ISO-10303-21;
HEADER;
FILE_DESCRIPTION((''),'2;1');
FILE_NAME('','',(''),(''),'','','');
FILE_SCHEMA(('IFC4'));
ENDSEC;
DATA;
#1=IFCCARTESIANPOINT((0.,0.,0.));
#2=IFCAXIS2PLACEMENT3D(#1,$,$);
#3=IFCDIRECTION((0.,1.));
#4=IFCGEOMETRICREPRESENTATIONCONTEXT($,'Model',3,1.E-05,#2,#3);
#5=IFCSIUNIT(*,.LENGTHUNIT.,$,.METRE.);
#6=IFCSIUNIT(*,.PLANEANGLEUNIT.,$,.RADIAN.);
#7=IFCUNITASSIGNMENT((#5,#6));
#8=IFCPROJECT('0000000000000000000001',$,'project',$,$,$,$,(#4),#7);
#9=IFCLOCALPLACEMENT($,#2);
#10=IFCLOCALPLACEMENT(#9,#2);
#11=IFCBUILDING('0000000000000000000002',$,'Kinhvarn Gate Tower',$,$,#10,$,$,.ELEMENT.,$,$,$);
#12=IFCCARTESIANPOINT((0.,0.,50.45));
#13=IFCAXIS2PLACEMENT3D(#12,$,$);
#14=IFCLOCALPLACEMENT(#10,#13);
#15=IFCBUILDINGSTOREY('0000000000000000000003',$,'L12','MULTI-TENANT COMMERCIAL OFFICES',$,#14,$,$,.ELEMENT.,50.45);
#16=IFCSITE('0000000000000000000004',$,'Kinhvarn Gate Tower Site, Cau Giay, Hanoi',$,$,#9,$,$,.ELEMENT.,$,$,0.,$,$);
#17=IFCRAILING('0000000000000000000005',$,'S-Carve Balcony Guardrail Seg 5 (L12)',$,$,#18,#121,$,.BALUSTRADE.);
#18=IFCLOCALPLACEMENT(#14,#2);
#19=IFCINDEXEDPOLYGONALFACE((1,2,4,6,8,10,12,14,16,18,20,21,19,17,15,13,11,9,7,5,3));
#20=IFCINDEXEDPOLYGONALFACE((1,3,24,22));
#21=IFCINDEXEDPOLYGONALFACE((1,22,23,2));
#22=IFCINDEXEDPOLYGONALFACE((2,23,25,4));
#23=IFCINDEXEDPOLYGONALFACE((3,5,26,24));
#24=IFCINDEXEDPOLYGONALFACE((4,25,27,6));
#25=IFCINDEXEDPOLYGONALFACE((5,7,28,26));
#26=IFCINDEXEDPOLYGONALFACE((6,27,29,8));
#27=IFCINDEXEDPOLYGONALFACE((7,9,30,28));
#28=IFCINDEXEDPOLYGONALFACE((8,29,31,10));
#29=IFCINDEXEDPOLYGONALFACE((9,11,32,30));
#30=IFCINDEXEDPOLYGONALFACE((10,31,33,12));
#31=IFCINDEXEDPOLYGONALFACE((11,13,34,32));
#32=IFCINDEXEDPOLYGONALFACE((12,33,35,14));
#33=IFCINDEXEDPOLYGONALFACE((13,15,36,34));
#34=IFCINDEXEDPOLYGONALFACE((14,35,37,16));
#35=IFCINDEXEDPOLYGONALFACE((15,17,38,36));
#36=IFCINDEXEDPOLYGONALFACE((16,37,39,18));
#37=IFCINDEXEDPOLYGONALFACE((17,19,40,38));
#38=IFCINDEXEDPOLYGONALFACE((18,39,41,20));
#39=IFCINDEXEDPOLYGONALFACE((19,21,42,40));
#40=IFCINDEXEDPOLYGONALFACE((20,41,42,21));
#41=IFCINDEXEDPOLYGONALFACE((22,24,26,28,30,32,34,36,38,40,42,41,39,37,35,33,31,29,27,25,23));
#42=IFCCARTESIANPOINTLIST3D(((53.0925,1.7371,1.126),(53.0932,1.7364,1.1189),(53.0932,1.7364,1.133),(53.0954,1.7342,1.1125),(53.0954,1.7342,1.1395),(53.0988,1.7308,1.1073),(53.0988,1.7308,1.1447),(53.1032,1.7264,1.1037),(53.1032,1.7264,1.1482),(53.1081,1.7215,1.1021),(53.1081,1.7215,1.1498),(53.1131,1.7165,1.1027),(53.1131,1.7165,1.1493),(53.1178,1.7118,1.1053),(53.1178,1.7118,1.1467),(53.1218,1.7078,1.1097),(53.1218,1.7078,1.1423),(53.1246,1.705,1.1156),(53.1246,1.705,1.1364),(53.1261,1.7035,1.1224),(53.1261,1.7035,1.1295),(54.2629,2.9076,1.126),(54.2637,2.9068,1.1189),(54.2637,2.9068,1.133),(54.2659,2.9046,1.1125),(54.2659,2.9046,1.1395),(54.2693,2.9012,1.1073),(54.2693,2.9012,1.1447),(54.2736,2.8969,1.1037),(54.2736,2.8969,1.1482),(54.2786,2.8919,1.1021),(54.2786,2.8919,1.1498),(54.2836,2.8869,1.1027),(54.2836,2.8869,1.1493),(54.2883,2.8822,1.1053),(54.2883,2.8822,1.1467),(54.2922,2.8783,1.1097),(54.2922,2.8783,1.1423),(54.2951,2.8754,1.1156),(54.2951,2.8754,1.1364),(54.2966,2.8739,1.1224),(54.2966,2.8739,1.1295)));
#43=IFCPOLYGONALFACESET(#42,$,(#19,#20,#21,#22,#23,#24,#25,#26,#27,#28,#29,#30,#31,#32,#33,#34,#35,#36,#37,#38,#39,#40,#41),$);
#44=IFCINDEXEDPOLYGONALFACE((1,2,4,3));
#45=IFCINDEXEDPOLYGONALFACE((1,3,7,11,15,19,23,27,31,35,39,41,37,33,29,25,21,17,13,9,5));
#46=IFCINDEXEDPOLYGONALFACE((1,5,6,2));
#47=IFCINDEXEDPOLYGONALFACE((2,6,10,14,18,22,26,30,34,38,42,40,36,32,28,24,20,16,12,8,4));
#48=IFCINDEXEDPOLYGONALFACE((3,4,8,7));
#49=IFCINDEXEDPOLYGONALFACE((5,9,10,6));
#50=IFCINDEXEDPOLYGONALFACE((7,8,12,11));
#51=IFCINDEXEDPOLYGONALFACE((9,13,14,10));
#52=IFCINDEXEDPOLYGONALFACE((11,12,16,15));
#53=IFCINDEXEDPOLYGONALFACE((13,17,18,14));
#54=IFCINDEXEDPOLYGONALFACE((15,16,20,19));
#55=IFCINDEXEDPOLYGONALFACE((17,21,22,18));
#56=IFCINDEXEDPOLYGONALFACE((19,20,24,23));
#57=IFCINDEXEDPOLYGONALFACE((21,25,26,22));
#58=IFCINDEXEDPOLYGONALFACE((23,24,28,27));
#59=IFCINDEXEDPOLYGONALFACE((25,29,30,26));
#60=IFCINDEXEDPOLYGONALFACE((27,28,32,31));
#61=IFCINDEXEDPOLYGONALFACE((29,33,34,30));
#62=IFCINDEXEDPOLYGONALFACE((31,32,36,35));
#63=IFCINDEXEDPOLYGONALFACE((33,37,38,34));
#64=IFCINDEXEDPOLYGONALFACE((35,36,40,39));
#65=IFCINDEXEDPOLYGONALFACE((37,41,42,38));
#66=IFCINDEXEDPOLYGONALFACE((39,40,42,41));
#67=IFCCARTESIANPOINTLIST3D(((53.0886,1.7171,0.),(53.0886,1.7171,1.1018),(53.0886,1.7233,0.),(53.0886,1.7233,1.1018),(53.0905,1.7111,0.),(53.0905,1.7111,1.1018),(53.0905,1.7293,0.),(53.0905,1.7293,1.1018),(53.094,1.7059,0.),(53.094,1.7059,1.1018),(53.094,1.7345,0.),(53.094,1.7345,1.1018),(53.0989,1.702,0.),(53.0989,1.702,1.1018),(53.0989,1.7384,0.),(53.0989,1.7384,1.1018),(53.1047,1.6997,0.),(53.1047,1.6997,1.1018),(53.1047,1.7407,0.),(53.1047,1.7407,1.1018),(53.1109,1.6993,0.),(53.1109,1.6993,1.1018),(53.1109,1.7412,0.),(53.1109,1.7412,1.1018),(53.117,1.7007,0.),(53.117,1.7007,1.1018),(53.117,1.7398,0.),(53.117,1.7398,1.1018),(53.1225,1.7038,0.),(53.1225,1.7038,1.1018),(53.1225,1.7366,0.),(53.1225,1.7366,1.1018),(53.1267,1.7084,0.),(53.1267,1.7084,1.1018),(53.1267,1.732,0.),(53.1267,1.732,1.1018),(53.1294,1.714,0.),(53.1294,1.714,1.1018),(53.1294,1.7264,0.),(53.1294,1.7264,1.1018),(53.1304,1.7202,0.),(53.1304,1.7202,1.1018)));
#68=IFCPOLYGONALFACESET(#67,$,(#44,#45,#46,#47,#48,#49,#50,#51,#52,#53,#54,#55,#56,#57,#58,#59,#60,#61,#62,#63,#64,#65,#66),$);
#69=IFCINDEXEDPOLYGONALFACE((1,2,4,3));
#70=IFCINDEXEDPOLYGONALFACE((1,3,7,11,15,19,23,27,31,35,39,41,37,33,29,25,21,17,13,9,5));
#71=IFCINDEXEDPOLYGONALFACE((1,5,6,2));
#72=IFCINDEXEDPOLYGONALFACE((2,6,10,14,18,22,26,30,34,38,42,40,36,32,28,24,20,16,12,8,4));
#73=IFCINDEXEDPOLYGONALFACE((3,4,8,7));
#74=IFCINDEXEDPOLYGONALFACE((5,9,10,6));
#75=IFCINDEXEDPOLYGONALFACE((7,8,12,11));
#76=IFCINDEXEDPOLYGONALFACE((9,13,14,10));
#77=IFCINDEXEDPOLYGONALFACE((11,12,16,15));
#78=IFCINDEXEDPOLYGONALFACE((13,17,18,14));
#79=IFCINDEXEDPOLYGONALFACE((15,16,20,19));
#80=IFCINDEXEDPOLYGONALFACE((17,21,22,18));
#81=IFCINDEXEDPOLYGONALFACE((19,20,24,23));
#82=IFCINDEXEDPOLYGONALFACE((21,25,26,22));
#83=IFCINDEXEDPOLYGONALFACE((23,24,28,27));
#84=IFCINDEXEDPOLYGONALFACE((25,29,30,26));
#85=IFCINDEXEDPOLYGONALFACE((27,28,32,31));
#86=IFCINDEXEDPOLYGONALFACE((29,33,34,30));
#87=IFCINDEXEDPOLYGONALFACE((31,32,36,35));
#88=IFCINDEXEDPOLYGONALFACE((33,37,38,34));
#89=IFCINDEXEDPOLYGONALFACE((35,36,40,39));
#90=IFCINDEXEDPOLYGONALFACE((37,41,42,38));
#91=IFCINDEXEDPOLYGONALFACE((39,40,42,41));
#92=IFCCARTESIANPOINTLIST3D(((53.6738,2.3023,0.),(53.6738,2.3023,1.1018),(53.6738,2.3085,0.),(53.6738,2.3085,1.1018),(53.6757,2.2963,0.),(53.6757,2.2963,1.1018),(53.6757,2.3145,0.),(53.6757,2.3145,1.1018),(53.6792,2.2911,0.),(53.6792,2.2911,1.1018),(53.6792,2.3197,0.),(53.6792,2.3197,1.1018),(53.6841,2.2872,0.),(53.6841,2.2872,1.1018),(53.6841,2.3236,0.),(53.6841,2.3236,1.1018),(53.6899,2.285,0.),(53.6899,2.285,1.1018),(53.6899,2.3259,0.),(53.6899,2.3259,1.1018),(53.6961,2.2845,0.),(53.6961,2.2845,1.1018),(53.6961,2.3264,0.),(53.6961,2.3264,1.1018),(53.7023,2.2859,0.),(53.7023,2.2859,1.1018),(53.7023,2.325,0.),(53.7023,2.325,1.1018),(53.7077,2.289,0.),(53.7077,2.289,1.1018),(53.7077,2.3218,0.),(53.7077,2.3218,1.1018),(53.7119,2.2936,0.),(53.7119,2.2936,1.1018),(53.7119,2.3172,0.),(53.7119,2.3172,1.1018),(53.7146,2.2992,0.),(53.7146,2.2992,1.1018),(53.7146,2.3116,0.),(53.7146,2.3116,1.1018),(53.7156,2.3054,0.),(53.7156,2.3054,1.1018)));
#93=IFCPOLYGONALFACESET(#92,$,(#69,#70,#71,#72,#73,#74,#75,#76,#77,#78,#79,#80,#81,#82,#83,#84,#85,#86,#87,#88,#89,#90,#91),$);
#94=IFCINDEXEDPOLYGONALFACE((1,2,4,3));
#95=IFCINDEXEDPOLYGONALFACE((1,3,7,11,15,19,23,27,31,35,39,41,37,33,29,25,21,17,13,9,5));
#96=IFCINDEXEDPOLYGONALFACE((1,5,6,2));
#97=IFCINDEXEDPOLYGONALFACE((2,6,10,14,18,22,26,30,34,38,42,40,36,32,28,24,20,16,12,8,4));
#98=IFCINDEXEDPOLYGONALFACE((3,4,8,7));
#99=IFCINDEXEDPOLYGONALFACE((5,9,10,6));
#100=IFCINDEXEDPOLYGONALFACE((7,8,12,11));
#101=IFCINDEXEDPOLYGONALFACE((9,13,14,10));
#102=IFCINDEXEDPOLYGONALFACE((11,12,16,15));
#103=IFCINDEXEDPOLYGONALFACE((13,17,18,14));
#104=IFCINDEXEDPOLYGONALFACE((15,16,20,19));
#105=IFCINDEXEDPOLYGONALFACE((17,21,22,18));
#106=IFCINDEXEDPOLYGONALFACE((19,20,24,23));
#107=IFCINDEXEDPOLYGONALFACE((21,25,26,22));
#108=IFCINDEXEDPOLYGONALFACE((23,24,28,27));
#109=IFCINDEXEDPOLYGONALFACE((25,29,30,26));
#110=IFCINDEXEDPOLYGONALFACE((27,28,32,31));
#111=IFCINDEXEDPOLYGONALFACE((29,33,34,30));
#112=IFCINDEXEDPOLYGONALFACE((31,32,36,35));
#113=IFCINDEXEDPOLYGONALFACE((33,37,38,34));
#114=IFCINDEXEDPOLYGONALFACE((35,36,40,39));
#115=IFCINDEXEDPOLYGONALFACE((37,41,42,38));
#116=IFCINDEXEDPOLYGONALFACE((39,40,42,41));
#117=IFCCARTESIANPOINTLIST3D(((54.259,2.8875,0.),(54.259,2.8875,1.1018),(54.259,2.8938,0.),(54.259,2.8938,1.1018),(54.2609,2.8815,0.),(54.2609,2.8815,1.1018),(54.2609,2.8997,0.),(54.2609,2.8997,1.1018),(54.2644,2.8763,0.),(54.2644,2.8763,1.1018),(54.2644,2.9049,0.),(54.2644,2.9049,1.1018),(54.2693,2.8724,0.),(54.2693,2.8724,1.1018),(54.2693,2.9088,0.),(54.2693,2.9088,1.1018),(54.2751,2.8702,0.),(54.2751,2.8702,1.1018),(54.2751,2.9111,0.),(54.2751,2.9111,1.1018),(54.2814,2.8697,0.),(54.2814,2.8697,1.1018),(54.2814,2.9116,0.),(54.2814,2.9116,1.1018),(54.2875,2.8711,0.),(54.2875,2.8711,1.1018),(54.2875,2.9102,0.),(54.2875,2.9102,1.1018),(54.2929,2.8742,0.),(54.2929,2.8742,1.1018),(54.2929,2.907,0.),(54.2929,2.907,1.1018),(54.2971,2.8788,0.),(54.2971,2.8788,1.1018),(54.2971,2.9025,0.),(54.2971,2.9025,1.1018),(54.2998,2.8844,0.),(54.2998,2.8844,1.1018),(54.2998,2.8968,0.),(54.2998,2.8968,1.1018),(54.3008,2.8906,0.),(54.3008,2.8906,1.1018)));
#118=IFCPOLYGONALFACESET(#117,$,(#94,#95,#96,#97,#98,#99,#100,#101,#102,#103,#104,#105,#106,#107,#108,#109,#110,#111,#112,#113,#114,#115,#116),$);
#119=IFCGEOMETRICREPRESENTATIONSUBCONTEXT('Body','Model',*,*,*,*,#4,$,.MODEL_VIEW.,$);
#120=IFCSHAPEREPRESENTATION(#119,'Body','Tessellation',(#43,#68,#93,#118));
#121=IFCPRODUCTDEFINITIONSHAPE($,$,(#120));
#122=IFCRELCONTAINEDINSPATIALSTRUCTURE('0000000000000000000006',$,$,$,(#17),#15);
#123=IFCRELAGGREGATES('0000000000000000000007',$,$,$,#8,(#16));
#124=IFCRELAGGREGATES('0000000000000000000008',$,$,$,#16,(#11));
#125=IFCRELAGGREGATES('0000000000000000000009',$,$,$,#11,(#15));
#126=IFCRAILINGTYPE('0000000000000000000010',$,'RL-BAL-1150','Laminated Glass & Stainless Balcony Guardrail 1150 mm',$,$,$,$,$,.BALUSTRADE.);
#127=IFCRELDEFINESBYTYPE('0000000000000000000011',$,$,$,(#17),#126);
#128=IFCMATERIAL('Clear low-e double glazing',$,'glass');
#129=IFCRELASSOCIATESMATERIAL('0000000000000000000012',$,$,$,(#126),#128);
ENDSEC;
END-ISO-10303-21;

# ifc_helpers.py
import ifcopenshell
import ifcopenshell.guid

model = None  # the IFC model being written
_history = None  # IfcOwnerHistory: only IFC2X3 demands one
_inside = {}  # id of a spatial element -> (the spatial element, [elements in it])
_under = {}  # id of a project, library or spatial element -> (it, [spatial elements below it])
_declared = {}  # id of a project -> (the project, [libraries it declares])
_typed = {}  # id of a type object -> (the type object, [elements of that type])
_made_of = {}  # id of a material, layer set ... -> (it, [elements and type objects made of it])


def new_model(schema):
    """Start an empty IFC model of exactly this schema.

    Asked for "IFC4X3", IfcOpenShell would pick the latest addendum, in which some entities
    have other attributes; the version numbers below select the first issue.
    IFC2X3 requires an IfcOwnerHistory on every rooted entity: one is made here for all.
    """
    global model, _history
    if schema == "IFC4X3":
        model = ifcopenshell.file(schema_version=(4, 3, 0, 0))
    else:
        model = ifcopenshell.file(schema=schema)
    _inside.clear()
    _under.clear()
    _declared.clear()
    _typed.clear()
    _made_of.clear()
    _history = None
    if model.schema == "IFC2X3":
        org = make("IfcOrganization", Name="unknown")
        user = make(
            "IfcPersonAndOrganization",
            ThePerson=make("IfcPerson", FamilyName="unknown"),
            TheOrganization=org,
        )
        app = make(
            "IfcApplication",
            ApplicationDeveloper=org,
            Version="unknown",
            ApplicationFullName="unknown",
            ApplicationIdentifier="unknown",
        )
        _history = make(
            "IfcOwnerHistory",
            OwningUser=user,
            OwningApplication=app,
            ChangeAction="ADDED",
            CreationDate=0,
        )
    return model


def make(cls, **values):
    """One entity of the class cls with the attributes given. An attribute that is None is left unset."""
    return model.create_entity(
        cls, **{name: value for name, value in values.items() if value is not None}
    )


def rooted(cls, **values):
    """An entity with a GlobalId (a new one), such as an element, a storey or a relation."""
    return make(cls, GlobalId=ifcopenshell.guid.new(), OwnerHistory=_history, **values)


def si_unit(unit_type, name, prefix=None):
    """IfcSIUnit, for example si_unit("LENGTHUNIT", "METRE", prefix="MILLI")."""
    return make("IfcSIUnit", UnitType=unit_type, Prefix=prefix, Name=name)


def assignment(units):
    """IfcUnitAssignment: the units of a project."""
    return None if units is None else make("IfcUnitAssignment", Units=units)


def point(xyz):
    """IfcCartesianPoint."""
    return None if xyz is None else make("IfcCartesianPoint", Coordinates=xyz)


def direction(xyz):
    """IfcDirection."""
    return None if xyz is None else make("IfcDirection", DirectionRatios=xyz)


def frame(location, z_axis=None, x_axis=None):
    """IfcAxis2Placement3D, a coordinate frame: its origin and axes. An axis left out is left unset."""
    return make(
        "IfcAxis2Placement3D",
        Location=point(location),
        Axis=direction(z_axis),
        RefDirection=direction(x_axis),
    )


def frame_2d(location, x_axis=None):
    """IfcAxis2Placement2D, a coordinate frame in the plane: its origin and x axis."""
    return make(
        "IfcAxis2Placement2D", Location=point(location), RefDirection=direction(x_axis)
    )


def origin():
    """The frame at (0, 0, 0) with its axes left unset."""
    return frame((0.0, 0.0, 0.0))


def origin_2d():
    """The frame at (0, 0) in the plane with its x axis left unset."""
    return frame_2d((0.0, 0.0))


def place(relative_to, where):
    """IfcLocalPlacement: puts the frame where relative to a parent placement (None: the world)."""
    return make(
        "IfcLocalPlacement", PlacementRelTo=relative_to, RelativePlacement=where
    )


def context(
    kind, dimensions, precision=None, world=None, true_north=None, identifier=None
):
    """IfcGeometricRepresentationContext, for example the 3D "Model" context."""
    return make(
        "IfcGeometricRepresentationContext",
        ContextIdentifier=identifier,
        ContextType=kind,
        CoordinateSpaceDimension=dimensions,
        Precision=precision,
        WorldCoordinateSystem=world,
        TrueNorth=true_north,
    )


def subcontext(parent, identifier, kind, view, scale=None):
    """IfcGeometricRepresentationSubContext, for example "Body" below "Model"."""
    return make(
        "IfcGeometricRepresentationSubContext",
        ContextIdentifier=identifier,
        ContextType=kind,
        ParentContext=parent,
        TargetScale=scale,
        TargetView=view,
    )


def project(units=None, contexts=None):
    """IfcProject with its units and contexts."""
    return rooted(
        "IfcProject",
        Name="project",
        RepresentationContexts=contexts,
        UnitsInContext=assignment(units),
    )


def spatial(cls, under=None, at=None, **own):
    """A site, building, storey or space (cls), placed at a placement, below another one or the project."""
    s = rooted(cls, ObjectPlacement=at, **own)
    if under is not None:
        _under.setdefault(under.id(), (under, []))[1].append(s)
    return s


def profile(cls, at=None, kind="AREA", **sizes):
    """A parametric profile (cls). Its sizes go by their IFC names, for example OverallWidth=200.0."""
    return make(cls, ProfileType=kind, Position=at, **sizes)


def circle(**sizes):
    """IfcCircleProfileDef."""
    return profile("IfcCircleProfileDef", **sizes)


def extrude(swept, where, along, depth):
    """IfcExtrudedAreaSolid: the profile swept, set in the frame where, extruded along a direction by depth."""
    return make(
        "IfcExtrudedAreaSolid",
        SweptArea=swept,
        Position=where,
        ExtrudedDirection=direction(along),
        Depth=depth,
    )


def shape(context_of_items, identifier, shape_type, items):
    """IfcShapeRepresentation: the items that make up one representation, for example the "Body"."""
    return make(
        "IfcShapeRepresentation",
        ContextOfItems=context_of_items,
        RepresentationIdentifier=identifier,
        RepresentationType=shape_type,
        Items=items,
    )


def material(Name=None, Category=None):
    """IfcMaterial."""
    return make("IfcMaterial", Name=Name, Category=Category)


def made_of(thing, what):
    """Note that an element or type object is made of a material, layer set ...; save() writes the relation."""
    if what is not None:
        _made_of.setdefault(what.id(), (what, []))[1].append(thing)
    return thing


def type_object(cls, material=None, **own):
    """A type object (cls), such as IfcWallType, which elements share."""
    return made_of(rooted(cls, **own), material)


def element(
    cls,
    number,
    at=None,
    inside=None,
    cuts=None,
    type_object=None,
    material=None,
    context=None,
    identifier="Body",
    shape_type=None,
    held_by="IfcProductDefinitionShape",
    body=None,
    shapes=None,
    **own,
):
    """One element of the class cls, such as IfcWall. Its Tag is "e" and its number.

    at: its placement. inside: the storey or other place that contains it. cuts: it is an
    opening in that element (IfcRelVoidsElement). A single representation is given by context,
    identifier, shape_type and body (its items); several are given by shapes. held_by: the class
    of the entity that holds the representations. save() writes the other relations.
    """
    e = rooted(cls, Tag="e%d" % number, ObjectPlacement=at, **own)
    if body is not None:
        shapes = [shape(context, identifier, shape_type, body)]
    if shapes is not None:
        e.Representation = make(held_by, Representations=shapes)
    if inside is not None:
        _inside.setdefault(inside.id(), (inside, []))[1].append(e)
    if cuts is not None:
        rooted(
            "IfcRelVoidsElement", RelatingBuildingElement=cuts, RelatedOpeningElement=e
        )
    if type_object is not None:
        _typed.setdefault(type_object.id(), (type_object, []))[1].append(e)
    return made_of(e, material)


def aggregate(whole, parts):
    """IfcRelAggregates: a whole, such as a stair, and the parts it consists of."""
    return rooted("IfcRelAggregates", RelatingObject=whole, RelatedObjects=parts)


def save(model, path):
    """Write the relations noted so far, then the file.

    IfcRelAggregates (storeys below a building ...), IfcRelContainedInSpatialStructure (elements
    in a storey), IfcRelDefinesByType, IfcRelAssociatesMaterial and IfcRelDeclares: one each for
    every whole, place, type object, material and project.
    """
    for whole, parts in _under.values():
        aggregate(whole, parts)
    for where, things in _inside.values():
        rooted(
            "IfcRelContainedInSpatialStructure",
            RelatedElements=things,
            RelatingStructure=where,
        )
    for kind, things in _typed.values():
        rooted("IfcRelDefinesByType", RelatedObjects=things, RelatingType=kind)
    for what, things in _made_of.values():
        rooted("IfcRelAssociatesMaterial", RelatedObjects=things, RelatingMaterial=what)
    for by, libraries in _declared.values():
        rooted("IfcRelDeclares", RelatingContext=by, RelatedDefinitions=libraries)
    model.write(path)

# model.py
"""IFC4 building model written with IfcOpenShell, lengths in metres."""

from ifc_helpers import new_model, si_unit, direction, frame, origin, origin_2d, place, context, subcontext, project, spatial, circle, extrude, material, type_object, element, save


model = new_model("IFC4")

# Units and contexts
model_context = context("Model", 3, precision=1e-05, world=origin(), true_north=direction((0.0, 1.0)))
body_context = subcontext(model_context, "Body", "Model", "MODEL_VIEW")
ifc_project = project(units=[si_unit("LENGTHUNIT", "METRE"), si_unit("PLANEANGLEUNIT", "RADIAN")], contexts=[model_context])

# Site, building, storey
site_placement = place(None, origin())
site = spatial("IfcSite", under=ifc_project, at=site_placement, Name="Kinhvarn Gate Tower Site, Cau Giay, Hanoi", CompositionType="ELEMENT", RefElevation=0.0)
building_placement = place(site_placement, origin())
building = spatial("IfcBuilding", under=site, at=building_placement, Name="Kinhvarn Gate Tower", CompositionType="ELEMENT")
storey_placement = place(building_placement, frame((0.0, 0.0, 50.45)))
storey = spatial("IfcBuildingStorey", under=building, at=storey_placement, Name="L12", Description="MULTI-TENANT COMMERCIAL OFFICES", CompositionType="ELEMENT", Elevation=50.45)

# Shared definitions
ifc_material_1 = material(Name="Clear low-e double glazing", Category="glass")

# Railing
railing_type = type_object("IfcRailingType", Name="RL-BAL-1150", Description="Laminated Glass & Stainless Balcony Guardrail 1150 mm", PredefinedType="BALUSTRADE", material=ifc_material_1)
railing_1_placement = place(storey_placement, frame((53.1094, 1.7202, 0.0)))
element("IfcRailing", 1, at=railing_1_placement, inside=storey, type_object=railing_type, Name="S-Carve Balcony Guardrail Seg 5 (L12)", PredefinedType="BALUSTRADE", context=body_context, shape_type="SweptSolid", body=[
    extrude(circle(Radius=0.0239, at=origin_2d()), frame((0.0, 0.0, 1.126), z_axis=(0.707107, 0.707107, 0.0), x_axis=(-0.707107, 0.707107, 0.0)), (0.0, 0.0, 1.0), 1.6553),
    extrude(circle(Radius=0.021, at=origin_2d()), origin(), (0.0, 0.0, 1.0), 1.1018),
    extrude(circle(Radius=0.021, at=origin_2d()), frame((0.5852, 0.5852, 0.0)), (0.0, 0.0, 1.0), 1.1018),
    extrude(circle(Radius=0.021, at=origin_2d()), frame((1.1704, 1.1704, 0.0)), (0.0, 0.0, 1.0), 1.1018),
])

save(model, "model.ifc")
